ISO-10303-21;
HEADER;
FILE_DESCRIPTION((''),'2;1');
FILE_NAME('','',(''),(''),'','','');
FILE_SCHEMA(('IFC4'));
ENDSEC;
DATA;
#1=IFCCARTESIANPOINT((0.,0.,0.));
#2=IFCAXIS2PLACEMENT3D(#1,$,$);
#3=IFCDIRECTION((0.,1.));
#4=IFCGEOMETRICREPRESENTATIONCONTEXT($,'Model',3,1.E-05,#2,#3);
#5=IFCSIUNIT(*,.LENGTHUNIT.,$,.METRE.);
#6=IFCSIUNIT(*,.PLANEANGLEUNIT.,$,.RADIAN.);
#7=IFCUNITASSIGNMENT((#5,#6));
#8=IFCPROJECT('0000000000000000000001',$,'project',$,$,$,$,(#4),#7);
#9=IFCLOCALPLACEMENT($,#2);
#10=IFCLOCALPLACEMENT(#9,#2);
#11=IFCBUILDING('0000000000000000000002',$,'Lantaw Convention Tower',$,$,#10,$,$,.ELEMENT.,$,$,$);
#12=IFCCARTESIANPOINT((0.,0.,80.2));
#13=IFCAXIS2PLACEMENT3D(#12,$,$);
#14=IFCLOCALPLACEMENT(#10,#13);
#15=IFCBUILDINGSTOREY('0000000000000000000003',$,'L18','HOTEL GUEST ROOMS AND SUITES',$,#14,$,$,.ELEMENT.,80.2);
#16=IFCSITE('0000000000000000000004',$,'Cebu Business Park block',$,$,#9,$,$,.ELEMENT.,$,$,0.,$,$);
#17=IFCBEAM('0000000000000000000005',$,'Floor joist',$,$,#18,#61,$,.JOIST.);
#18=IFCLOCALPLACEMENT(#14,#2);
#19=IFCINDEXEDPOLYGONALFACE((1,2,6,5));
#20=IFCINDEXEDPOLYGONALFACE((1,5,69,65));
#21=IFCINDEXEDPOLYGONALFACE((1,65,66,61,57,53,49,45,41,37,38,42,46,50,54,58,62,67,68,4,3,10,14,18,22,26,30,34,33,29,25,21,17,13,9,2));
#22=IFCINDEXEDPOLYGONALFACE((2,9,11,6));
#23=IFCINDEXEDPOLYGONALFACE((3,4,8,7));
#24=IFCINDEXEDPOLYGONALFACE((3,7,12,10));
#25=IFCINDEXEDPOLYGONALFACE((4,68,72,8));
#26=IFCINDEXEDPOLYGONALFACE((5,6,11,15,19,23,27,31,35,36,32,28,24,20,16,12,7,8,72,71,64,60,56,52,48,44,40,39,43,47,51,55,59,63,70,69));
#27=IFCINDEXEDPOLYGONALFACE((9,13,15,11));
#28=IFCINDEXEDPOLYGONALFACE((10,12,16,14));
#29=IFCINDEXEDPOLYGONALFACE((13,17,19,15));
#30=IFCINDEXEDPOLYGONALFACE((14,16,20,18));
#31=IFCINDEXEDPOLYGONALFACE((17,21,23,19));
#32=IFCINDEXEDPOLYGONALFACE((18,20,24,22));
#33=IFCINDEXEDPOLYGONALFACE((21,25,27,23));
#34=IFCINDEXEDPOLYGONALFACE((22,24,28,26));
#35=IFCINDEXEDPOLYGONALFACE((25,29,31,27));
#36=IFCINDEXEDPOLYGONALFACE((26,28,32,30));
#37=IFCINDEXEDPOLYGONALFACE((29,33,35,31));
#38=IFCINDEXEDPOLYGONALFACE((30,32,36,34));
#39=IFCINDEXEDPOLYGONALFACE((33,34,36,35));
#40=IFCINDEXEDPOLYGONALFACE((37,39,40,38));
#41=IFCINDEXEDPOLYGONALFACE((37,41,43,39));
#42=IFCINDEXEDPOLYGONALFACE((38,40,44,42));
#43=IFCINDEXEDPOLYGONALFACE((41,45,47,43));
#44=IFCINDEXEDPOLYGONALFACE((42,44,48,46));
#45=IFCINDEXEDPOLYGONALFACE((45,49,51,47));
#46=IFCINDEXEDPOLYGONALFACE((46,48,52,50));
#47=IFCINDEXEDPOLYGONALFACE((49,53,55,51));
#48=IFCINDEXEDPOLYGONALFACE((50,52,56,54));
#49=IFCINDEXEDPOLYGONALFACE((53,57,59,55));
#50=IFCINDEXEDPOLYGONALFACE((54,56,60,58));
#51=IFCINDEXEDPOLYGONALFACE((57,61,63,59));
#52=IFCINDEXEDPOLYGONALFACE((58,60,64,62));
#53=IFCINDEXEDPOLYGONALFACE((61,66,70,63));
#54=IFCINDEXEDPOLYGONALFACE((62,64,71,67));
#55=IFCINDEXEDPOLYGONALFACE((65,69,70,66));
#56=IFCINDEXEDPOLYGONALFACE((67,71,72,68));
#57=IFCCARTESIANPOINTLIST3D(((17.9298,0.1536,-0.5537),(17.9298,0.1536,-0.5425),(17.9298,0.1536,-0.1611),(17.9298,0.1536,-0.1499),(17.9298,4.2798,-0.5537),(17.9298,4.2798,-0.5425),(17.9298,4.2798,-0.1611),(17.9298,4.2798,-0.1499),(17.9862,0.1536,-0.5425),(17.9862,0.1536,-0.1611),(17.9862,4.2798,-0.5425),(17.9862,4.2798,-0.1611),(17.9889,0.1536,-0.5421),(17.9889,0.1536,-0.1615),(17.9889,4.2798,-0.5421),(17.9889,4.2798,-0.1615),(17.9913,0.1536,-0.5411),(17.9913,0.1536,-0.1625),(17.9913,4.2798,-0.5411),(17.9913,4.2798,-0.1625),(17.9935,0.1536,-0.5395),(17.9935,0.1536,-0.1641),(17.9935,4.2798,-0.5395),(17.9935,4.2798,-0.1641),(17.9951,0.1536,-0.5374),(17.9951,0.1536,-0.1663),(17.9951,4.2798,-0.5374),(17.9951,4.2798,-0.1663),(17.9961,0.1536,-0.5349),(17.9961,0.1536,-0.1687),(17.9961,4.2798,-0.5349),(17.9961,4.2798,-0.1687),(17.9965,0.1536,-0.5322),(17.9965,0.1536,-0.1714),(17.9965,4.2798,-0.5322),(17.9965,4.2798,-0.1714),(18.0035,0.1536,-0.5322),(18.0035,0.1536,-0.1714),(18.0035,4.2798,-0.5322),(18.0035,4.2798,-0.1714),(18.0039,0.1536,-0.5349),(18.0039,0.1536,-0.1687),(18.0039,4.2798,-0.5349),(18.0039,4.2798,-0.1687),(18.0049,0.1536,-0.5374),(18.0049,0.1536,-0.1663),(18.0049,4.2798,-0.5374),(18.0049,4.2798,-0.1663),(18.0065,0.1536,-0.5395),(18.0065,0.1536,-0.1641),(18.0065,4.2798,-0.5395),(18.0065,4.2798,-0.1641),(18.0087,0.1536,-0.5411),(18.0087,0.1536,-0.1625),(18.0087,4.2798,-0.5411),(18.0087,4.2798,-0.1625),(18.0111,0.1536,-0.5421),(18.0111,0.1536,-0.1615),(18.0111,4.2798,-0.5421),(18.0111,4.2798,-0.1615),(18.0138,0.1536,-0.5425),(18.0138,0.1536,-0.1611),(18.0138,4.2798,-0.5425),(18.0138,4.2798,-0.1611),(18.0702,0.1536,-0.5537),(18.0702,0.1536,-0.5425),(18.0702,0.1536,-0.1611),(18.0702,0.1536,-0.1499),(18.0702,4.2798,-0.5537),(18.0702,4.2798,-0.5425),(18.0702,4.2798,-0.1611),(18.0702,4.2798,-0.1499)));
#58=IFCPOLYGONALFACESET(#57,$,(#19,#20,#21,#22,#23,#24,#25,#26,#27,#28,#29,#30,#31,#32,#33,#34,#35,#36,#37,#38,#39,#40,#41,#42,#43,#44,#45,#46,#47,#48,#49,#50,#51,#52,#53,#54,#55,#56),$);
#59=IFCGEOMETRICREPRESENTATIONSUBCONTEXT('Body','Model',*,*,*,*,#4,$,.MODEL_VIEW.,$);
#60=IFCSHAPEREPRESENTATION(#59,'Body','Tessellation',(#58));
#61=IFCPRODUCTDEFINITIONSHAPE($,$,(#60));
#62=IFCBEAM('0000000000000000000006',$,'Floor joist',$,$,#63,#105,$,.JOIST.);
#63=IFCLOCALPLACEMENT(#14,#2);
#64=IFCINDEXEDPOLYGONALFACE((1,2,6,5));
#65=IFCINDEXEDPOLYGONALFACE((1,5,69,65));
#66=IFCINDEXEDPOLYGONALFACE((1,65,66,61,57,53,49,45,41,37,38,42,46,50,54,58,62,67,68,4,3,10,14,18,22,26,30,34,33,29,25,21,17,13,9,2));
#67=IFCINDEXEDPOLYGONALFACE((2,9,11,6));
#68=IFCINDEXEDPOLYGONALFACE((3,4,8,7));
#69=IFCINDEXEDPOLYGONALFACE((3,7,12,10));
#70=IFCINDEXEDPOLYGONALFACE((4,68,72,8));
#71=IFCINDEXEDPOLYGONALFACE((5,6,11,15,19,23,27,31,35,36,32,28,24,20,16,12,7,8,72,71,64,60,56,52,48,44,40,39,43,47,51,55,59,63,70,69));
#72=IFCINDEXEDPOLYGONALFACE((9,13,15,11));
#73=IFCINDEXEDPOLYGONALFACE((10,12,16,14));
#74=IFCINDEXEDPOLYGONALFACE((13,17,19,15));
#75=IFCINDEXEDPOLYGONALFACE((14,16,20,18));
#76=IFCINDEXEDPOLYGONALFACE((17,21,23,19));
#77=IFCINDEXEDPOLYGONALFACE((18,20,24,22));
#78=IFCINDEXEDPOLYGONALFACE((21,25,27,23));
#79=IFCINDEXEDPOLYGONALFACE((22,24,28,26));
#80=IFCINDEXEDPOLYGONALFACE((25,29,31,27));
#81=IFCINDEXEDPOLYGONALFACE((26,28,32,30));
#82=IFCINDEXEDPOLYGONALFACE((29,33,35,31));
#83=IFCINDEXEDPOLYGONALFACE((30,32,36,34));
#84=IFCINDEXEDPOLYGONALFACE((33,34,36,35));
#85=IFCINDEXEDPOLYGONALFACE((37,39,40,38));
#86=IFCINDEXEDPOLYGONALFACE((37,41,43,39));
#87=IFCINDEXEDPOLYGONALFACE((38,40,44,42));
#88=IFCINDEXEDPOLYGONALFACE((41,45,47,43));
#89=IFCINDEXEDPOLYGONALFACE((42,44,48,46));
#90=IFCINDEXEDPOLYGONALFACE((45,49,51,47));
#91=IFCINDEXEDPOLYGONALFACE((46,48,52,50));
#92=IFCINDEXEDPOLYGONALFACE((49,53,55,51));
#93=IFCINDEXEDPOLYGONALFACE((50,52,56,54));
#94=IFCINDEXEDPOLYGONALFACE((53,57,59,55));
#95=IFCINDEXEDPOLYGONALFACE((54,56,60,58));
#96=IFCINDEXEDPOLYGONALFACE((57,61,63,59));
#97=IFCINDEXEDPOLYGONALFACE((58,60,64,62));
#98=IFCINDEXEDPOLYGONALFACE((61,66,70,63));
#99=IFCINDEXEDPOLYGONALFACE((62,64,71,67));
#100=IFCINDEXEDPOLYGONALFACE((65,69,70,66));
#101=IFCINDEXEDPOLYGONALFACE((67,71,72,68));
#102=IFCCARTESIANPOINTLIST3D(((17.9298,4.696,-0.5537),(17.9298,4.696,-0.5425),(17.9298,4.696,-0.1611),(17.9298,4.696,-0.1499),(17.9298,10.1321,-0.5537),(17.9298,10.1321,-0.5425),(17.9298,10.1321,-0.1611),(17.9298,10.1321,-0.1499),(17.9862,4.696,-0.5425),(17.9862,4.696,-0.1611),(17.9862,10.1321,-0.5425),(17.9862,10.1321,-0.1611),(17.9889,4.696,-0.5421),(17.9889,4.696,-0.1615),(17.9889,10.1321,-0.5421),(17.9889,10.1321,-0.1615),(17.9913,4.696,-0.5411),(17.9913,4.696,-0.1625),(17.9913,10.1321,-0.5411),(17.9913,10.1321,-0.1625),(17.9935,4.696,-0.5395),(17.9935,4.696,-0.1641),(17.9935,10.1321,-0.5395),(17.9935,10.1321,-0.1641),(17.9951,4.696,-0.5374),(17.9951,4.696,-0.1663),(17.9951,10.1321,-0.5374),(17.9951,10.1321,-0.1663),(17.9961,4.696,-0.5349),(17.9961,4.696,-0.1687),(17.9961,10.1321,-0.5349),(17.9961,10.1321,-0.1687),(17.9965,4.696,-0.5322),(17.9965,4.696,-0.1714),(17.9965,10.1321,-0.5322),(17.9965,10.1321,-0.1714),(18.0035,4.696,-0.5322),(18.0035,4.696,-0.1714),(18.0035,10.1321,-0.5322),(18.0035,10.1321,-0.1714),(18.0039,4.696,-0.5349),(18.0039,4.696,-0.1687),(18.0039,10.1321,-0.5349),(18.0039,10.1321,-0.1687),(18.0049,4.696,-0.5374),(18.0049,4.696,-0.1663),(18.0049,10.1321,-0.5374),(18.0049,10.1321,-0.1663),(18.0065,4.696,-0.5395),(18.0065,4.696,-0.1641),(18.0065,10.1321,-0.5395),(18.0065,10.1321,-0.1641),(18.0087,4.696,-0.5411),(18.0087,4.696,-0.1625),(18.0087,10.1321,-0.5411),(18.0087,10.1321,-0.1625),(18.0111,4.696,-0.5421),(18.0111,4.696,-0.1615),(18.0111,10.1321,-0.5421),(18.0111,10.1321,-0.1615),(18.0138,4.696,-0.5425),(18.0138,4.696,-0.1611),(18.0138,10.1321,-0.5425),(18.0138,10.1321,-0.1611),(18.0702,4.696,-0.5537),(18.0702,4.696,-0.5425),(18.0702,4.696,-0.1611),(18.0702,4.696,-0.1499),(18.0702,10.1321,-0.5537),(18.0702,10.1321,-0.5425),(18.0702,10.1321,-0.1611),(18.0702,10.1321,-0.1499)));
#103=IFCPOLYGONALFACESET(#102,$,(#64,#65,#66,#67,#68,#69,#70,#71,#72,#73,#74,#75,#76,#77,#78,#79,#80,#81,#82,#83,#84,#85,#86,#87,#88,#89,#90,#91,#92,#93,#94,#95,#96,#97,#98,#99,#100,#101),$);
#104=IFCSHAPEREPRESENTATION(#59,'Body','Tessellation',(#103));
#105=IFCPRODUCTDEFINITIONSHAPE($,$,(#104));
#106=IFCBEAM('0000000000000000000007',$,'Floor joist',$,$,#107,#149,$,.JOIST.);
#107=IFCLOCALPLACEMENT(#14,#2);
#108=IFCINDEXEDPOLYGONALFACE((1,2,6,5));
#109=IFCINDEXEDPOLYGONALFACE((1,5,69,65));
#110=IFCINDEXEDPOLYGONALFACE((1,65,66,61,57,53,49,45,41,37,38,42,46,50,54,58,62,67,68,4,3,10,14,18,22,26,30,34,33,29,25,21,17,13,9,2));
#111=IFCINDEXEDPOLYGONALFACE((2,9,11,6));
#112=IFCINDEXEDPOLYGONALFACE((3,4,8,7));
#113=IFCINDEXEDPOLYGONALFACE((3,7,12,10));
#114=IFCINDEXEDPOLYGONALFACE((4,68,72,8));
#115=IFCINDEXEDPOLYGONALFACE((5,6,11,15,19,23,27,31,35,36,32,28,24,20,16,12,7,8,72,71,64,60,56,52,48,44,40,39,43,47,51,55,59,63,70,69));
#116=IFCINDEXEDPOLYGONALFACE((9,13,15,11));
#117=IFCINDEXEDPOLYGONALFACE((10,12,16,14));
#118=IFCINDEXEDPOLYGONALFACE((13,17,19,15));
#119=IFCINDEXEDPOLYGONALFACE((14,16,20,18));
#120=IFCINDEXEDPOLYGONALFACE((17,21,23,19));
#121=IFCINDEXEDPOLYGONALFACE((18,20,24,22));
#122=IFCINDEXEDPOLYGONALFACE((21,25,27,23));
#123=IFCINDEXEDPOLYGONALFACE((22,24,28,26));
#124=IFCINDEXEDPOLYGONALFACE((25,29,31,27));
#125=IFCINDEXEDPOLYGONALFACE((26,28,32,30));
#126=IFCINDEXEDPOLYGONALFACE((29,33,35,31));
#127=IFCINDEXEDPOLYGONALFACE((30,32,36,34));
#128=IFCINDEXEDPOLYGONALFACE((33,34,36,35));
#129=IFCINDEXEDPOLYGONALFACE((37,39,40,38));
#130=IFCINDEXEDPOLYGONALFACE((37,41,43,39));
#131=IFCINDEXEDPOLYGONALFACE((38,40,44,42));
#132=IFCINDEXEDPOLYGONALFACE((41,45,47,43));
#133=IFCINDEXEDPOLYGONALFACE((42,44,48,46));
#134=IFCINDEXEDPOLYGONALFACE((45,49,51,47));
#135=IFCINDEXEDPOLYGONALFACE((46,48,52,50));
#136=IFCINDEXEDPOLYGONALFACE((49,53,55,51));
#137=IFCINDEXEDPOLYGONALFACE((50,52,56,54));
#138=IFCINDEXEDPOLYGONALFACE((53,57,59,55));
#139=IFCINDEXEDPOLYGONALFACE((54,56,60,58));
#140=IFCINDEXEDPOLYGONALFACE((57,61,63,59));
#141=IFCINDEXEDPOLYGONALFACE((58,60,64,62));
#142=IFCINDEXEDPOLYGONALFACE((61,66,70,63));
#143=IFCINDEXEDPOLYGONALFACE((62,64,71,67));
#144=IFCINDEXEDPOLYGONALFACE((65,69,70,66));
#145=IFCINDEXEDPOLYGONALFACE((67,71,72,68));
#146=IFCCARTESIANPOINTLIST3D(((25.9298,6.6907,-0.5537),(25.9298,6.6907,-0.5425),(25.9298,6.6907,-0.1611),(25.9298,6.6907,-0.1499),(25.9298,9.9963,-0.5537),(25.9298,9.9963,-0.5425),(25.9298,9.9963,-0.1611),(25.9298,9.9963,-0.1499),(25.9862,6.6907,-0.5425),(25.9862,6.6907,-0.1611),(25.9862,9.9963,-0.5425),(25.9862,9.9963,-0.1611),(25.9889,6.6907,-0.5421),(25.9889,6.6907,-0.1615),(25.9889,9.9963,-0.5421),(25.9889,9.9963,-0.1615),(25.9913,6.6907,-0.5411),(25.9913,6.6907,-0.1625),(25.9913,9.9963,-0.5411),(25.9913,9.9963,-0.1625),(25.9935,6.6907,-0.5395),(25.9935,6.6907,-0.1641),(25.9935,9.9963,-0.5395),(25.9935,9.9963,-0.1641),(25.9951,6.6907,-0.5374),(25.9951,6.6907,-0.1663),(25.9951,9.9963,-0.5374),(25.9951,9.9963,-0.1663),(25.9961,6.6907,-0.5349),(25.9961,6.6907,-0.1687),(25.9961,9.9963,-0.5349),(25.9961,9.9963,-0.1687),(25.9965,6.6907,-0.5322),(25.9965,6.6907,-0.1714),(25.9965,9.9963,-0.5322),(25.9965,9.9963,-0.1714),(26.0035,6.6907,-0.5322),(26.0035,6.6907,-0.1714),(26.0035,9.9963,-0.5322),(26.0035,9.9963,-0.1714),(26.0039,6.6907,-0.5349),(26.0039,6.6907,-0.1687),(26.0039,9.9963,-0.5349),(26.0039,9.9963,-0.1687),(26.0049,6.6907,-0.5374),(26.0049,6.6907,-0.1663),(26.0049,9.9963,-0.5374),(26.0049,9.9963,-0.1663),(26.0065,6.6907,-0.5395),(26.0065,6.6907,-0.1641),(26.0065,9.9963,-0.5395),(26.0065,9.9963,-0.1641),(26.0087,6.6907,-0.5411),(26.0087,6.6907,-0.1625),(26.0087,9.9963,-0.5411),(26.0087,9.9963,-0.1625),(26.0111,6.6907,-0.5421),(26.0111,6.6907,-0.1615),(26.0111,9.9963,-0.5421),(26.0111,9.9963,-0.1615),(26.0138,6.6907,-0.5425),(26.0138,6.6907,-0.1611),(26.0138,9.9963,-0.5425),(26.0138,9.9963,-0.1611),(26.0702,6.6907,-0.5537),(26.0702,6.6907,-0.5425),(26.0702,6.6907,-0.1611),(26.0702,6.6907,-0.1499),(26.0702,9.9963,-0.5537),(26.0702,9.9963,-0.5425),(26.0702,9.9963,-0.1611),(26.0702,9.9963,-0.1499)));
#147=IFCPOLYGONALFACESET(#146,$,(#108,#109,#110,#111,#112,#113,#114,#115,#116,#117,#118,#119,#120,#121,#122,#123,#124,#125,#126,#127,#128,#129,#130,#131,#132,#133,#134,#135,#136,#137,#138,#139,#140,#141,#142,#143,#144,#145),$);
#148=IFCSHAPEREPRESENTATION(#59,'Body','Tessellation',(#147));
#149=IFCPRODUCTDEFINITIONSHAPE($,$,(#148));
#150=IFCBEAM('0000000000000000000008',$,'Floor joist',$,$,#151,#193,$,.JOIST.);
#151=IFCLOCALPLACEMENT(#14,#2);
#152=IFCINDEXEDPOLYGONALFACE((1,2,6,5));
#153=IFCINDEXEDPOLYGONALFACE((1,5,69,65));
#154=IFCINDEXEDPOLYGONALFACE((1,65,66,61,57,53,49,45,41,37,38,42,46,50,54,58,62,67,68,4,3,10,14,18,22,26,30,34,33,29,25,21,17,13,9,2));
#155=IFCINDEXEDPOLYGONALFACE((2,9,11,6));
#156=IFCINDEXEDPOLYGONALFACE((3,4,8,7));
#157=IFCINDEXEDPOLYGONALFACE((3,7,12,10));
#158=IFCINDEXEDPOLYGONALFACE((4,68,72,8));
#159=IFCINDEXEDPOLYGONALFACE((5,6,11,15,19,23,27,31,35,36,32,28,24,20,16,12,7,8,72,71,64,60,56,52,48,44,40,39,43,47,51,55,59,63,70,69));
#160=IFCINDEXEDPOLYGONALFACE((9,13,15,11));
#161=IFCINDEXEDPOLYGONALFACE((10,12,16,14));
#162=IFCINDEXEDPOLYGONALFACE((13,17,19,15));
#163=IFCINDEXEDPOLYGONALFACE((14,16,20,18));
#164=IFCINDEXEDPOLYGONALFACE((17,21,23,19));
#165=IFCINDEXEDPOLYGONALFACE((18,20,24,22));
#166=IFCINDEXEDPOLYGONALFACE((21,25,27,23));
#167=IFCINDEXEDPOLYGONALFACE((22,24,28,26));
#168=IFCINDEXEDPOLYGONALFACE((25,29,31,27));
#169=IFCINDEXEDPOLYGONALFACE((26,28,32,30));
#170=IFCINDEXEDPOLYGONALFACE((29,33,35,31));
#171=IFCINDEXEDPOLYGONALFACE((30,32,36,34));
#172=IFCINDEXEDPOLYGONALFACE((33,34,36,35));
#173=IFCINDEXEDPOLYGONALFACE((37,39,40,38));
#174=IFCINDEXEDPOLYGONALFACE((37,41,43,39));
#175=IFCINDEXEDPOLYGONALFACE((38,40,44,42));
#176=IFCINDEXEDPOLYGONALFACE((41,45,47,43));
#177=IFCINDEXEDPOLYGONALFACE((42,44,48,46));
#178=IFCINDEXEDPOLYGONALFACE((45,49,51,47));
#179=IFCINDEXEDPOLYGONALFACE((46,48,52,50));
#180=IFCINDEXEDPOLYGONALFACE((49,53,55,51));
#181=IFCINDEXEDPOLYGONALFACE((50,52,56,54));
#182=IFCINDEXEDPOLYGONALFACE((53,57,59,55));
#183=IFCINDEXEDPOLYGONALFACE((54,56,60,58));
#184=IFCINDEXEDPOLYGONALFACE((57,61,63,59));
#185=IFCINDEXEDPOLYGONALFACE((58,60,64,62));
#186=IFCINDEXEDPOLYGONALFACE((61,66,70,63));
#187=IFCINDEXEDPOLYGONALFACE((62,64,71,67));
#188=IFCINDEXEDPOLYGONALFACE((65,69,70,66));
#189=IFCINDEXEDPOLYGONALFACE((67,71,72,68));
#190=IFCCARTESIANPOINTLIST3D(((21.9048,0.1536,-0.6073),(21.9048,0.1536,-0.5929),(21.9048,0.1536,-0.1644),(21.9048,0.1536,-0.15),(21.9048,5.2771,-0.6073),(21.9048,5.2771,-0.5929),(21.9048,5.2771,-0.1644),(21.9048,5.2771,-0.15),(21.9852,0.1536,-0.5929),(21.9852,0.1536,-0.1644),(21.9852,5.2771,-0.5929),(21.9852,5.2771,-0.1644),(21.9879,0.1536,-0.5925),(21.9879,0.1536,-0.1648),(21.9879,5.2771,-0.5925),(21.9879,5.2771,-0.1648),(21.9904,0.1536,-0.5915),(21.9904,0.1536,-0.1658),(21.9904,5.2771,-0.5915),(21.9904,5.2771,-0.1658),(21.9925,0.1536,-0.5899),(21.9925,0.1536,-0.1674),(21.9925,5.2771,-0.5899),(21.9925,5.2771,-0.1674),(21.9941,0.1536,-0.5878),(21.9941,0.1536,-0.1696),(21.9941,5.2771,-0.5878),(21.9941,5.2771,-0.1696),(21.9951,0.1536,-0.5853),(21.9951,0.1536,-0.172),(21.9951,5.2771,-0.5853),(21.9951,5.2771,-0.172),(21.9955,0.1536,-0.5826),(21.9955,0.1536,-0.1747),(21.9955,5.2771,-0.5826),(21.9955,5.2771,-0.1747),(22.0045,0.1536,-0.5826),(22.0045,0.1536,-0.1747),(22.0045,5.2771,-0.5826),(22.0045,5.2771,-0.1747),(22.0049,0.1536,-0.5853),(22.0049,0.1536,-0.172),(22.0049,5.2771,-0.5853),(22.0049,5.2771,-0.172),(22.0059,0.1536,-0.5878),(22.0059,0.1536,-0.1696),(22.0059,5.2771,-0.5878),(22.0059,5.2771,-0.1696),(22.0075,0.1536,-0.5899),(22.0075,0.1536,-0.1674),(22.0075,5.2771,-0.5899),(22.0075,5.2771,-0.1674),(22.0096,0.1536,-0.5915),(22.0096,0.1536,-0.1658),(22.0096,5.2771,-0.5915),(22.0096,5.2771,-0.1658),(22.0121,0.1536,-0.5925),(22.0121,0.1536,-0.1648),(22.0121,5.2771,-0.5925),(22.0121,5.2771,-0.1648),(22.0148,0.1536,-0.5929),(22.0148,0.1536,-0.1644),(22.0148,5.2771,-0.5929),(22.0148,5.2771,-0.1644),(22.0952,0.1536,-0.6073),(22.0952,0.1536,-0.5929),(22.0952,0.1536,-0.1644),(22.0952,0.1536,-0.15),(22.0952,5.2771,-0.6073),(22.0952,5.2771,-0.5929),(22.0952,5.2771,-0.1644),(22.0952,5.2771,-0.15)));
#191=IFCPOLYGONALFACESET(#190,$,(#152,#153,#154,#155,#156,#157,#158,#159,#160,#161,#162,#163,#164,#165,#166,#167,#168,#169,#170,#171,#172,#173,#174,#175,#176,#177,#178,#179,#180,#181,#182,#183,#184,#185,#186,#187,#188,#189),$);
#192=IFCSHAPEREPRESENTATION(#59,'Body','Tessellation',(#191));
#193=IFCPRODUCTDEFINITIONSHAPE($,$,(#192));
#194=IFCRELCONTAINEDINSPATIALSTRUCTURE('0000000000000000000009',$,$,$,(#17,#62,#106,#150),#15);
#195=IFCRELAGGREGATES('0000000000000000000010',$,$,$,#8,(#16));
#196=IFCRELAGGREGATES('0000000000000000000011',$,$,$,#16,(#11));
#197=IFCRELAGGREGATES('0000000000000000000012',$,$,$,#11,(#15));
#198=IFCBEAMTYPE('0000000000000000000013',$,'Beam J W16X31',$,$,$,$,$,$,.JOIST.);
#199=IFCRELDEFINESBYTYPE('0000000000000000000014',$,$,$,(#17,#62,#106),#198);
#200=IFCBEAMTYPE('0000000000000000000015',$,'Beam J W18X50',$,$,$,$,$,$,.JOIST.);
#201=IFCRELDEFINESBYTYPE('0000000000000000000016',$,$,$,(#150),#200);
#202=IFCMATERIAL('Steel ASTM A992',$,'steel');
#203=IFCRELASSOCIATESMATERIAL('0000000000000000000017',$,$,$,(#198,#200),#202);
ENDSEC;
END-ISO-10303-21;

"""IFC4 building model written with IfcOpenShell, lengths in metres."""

from ifc_helpers import new_model, si_unit, direction, frame, origin, origin_2d, place, context, subcontext, project, spatial, i_section, extrude, material, material_profile, profile_set, type_object, element, save


model = new_model("IFC4")

# Units and contexts
model_context = context("Model", 3, precision=1e-05, world=origin(), true_north=direction((0.0, 1.0)))
body_context = subcontext(model_context, "Body", "Model", "MODEL_VIEW")
ifc_project = project(units=[si_unit("LENGTHUNIT", "METRE"), si_unit("PLANEANGLEUNIT", "RADIAN")], contexts=[model_context])

# Site, building, storey
site_placement = place(None, origin())
site = spatial("IfcSite", under=ifc_project, at=site_placement, Name="Cebu Business Park block", CompositionType="ELEMENT", RefElevation=0.0)
building_placement = place(site_placement, origin())
building = spatial("IfcBuilding", under=site, at=building_placement, Name="Lantaw Convention Tower", CompositionType="ELEMENT")
storey_placement = place(building_placement, frame((0.0, 0.0, 80.2)))
storey = spatial("IfcBuildingStorey", under=building, at=storey_placement, Name="L18", Description="HOTEL GUEST ROOMS AND SUITES", CompositionType="ELEMENT", Elevation=80.2)

# Beams
ifc_material_1 = material(Name="Steel ASTM A992", Category="steel")
ifc_material_profile_1 = material_profile(ifc_material_1, i_section(OverallWidth=0.1404, OverallDepth=0.4038, WebThickness=0.0071, FlangeThickness=0.0112, FilletRadius=0.0103, at=origin_2d()), Name="W16X31")
ifc_profile_set_1 = profile_set([ifc_material_profile_1], Name="Steel ASTM A992")
beam_type_1 = type_object("IfcBeamType", Name="Beam J W16X31", PredefinedType="JOIST", material=ifc_profile_set_1)
beam_1_placement = place(storey_placement, frame((18.0, 0.1536, -0.3518), z_axis=(0.0, 1.0, 0.0), x_axis=(-1.0, 0.0, 0.0)))
element("IfcBeam", 1, at=beam_1_placement, inside=storey, type_object=beam_type_1, Name="Floor joist", PredefinedType="JOIST", context=body_context, shape_type="SweptSolid", body=[
    extrude(i_section(OverallWidth=0.1404, OverallDepth=0.4038, WebThickness=0.0071, FlangeThickness=0.0112, FilletRadius=0.0103, at=origin_2d()), origin(), (0.0, 0.0, 1.0), 4.1262),
])
beam_2_placement = place(storey_placement, frame((18.0, 4.696, -0.3518), z_axis=(0.0, 1.0, 0.0), x_axis=(-1.0, 0.0, 0.0)))
element("IfcBeam", 2, at=beam_2_placement, inside=storey, type_object=beam_type_1, Name="Floor joist", PredefinedType="JOIST", context=body_context, shape_type="SweptSolid", body=[
    extrude(i_section(OverallWidth=0.1404, OverallDepth=0.4038, WebThickness=0.0071, FlangeThickness=0.0112, FilletRadius=0.0103, at=origin_2d()), origin(), (0.0, 0.0, 1.0), 5.436),
])
beam_3_placement = place(storey_placement, frame((26.0, 6.6907, -0.3518), z_axis=(0.0, 1.0, 0.0), x_axis=(-1.0, 0.0, 0.0)))
element("IfcBeam", 3, at=beam_3_placement, inside=storey, type_object=beam_type_1, Name="Floor joist", PredefinedType="JOIST", context=body_context, shape_type="SweptSolid", body=[
    extrude(i_section(OverallWidth=0.1404, OverallDepth=0.4038, WebThickness=0.0071, FlangeThickness=0.0112, FilletRadius=0.0103, at=origin_2d()), origin(), (0.0, 0.0, 1.0), 3.3057),
])
ifc_material_profile_2 = material_profile(ifc_material_1, i_section(OverallWidth=0.1904, OverallDepth=0.4573, WebThickness=0.009, FlangeThickness=0.0144, FilletRadius=0.0103, at=origin_2d()), Name="W18X50")
ifc_profile_set_2 = profile_set([ifc_material_profile_2], Name="Steel ASTM A992")
beam_type_2 = type_object("IfcBeamType", Name="Beam J W18X50", PredefinedType="JOIST", material=ifc_profile_set_2)
beam_4_placement = place(storey_placement, frame((22.0, 0.1536, -0.3787), z_axis=(0.0, 1.0, 0.0), x_axis=(-1.0, 0.0, 0.0)))
element("IfcBeam", 4, at=beam_4_placement, inside=storey, type_object=beam_type_2, Name="Floor joist", PredefinedType="JOIST", context=body_context, shape_type="SweptSolid", body=[
    extrude(i_section(OverallWidth=0.1904, OverallDepth=0.4573, WebThickness=0.009, FlangeThickness=0.0144, FilletRadius=0.0103, at=origin_2d()), origin(), (0.0, 0.0, 1.0), 5.1235),
])

save(model, "model.ifc")
